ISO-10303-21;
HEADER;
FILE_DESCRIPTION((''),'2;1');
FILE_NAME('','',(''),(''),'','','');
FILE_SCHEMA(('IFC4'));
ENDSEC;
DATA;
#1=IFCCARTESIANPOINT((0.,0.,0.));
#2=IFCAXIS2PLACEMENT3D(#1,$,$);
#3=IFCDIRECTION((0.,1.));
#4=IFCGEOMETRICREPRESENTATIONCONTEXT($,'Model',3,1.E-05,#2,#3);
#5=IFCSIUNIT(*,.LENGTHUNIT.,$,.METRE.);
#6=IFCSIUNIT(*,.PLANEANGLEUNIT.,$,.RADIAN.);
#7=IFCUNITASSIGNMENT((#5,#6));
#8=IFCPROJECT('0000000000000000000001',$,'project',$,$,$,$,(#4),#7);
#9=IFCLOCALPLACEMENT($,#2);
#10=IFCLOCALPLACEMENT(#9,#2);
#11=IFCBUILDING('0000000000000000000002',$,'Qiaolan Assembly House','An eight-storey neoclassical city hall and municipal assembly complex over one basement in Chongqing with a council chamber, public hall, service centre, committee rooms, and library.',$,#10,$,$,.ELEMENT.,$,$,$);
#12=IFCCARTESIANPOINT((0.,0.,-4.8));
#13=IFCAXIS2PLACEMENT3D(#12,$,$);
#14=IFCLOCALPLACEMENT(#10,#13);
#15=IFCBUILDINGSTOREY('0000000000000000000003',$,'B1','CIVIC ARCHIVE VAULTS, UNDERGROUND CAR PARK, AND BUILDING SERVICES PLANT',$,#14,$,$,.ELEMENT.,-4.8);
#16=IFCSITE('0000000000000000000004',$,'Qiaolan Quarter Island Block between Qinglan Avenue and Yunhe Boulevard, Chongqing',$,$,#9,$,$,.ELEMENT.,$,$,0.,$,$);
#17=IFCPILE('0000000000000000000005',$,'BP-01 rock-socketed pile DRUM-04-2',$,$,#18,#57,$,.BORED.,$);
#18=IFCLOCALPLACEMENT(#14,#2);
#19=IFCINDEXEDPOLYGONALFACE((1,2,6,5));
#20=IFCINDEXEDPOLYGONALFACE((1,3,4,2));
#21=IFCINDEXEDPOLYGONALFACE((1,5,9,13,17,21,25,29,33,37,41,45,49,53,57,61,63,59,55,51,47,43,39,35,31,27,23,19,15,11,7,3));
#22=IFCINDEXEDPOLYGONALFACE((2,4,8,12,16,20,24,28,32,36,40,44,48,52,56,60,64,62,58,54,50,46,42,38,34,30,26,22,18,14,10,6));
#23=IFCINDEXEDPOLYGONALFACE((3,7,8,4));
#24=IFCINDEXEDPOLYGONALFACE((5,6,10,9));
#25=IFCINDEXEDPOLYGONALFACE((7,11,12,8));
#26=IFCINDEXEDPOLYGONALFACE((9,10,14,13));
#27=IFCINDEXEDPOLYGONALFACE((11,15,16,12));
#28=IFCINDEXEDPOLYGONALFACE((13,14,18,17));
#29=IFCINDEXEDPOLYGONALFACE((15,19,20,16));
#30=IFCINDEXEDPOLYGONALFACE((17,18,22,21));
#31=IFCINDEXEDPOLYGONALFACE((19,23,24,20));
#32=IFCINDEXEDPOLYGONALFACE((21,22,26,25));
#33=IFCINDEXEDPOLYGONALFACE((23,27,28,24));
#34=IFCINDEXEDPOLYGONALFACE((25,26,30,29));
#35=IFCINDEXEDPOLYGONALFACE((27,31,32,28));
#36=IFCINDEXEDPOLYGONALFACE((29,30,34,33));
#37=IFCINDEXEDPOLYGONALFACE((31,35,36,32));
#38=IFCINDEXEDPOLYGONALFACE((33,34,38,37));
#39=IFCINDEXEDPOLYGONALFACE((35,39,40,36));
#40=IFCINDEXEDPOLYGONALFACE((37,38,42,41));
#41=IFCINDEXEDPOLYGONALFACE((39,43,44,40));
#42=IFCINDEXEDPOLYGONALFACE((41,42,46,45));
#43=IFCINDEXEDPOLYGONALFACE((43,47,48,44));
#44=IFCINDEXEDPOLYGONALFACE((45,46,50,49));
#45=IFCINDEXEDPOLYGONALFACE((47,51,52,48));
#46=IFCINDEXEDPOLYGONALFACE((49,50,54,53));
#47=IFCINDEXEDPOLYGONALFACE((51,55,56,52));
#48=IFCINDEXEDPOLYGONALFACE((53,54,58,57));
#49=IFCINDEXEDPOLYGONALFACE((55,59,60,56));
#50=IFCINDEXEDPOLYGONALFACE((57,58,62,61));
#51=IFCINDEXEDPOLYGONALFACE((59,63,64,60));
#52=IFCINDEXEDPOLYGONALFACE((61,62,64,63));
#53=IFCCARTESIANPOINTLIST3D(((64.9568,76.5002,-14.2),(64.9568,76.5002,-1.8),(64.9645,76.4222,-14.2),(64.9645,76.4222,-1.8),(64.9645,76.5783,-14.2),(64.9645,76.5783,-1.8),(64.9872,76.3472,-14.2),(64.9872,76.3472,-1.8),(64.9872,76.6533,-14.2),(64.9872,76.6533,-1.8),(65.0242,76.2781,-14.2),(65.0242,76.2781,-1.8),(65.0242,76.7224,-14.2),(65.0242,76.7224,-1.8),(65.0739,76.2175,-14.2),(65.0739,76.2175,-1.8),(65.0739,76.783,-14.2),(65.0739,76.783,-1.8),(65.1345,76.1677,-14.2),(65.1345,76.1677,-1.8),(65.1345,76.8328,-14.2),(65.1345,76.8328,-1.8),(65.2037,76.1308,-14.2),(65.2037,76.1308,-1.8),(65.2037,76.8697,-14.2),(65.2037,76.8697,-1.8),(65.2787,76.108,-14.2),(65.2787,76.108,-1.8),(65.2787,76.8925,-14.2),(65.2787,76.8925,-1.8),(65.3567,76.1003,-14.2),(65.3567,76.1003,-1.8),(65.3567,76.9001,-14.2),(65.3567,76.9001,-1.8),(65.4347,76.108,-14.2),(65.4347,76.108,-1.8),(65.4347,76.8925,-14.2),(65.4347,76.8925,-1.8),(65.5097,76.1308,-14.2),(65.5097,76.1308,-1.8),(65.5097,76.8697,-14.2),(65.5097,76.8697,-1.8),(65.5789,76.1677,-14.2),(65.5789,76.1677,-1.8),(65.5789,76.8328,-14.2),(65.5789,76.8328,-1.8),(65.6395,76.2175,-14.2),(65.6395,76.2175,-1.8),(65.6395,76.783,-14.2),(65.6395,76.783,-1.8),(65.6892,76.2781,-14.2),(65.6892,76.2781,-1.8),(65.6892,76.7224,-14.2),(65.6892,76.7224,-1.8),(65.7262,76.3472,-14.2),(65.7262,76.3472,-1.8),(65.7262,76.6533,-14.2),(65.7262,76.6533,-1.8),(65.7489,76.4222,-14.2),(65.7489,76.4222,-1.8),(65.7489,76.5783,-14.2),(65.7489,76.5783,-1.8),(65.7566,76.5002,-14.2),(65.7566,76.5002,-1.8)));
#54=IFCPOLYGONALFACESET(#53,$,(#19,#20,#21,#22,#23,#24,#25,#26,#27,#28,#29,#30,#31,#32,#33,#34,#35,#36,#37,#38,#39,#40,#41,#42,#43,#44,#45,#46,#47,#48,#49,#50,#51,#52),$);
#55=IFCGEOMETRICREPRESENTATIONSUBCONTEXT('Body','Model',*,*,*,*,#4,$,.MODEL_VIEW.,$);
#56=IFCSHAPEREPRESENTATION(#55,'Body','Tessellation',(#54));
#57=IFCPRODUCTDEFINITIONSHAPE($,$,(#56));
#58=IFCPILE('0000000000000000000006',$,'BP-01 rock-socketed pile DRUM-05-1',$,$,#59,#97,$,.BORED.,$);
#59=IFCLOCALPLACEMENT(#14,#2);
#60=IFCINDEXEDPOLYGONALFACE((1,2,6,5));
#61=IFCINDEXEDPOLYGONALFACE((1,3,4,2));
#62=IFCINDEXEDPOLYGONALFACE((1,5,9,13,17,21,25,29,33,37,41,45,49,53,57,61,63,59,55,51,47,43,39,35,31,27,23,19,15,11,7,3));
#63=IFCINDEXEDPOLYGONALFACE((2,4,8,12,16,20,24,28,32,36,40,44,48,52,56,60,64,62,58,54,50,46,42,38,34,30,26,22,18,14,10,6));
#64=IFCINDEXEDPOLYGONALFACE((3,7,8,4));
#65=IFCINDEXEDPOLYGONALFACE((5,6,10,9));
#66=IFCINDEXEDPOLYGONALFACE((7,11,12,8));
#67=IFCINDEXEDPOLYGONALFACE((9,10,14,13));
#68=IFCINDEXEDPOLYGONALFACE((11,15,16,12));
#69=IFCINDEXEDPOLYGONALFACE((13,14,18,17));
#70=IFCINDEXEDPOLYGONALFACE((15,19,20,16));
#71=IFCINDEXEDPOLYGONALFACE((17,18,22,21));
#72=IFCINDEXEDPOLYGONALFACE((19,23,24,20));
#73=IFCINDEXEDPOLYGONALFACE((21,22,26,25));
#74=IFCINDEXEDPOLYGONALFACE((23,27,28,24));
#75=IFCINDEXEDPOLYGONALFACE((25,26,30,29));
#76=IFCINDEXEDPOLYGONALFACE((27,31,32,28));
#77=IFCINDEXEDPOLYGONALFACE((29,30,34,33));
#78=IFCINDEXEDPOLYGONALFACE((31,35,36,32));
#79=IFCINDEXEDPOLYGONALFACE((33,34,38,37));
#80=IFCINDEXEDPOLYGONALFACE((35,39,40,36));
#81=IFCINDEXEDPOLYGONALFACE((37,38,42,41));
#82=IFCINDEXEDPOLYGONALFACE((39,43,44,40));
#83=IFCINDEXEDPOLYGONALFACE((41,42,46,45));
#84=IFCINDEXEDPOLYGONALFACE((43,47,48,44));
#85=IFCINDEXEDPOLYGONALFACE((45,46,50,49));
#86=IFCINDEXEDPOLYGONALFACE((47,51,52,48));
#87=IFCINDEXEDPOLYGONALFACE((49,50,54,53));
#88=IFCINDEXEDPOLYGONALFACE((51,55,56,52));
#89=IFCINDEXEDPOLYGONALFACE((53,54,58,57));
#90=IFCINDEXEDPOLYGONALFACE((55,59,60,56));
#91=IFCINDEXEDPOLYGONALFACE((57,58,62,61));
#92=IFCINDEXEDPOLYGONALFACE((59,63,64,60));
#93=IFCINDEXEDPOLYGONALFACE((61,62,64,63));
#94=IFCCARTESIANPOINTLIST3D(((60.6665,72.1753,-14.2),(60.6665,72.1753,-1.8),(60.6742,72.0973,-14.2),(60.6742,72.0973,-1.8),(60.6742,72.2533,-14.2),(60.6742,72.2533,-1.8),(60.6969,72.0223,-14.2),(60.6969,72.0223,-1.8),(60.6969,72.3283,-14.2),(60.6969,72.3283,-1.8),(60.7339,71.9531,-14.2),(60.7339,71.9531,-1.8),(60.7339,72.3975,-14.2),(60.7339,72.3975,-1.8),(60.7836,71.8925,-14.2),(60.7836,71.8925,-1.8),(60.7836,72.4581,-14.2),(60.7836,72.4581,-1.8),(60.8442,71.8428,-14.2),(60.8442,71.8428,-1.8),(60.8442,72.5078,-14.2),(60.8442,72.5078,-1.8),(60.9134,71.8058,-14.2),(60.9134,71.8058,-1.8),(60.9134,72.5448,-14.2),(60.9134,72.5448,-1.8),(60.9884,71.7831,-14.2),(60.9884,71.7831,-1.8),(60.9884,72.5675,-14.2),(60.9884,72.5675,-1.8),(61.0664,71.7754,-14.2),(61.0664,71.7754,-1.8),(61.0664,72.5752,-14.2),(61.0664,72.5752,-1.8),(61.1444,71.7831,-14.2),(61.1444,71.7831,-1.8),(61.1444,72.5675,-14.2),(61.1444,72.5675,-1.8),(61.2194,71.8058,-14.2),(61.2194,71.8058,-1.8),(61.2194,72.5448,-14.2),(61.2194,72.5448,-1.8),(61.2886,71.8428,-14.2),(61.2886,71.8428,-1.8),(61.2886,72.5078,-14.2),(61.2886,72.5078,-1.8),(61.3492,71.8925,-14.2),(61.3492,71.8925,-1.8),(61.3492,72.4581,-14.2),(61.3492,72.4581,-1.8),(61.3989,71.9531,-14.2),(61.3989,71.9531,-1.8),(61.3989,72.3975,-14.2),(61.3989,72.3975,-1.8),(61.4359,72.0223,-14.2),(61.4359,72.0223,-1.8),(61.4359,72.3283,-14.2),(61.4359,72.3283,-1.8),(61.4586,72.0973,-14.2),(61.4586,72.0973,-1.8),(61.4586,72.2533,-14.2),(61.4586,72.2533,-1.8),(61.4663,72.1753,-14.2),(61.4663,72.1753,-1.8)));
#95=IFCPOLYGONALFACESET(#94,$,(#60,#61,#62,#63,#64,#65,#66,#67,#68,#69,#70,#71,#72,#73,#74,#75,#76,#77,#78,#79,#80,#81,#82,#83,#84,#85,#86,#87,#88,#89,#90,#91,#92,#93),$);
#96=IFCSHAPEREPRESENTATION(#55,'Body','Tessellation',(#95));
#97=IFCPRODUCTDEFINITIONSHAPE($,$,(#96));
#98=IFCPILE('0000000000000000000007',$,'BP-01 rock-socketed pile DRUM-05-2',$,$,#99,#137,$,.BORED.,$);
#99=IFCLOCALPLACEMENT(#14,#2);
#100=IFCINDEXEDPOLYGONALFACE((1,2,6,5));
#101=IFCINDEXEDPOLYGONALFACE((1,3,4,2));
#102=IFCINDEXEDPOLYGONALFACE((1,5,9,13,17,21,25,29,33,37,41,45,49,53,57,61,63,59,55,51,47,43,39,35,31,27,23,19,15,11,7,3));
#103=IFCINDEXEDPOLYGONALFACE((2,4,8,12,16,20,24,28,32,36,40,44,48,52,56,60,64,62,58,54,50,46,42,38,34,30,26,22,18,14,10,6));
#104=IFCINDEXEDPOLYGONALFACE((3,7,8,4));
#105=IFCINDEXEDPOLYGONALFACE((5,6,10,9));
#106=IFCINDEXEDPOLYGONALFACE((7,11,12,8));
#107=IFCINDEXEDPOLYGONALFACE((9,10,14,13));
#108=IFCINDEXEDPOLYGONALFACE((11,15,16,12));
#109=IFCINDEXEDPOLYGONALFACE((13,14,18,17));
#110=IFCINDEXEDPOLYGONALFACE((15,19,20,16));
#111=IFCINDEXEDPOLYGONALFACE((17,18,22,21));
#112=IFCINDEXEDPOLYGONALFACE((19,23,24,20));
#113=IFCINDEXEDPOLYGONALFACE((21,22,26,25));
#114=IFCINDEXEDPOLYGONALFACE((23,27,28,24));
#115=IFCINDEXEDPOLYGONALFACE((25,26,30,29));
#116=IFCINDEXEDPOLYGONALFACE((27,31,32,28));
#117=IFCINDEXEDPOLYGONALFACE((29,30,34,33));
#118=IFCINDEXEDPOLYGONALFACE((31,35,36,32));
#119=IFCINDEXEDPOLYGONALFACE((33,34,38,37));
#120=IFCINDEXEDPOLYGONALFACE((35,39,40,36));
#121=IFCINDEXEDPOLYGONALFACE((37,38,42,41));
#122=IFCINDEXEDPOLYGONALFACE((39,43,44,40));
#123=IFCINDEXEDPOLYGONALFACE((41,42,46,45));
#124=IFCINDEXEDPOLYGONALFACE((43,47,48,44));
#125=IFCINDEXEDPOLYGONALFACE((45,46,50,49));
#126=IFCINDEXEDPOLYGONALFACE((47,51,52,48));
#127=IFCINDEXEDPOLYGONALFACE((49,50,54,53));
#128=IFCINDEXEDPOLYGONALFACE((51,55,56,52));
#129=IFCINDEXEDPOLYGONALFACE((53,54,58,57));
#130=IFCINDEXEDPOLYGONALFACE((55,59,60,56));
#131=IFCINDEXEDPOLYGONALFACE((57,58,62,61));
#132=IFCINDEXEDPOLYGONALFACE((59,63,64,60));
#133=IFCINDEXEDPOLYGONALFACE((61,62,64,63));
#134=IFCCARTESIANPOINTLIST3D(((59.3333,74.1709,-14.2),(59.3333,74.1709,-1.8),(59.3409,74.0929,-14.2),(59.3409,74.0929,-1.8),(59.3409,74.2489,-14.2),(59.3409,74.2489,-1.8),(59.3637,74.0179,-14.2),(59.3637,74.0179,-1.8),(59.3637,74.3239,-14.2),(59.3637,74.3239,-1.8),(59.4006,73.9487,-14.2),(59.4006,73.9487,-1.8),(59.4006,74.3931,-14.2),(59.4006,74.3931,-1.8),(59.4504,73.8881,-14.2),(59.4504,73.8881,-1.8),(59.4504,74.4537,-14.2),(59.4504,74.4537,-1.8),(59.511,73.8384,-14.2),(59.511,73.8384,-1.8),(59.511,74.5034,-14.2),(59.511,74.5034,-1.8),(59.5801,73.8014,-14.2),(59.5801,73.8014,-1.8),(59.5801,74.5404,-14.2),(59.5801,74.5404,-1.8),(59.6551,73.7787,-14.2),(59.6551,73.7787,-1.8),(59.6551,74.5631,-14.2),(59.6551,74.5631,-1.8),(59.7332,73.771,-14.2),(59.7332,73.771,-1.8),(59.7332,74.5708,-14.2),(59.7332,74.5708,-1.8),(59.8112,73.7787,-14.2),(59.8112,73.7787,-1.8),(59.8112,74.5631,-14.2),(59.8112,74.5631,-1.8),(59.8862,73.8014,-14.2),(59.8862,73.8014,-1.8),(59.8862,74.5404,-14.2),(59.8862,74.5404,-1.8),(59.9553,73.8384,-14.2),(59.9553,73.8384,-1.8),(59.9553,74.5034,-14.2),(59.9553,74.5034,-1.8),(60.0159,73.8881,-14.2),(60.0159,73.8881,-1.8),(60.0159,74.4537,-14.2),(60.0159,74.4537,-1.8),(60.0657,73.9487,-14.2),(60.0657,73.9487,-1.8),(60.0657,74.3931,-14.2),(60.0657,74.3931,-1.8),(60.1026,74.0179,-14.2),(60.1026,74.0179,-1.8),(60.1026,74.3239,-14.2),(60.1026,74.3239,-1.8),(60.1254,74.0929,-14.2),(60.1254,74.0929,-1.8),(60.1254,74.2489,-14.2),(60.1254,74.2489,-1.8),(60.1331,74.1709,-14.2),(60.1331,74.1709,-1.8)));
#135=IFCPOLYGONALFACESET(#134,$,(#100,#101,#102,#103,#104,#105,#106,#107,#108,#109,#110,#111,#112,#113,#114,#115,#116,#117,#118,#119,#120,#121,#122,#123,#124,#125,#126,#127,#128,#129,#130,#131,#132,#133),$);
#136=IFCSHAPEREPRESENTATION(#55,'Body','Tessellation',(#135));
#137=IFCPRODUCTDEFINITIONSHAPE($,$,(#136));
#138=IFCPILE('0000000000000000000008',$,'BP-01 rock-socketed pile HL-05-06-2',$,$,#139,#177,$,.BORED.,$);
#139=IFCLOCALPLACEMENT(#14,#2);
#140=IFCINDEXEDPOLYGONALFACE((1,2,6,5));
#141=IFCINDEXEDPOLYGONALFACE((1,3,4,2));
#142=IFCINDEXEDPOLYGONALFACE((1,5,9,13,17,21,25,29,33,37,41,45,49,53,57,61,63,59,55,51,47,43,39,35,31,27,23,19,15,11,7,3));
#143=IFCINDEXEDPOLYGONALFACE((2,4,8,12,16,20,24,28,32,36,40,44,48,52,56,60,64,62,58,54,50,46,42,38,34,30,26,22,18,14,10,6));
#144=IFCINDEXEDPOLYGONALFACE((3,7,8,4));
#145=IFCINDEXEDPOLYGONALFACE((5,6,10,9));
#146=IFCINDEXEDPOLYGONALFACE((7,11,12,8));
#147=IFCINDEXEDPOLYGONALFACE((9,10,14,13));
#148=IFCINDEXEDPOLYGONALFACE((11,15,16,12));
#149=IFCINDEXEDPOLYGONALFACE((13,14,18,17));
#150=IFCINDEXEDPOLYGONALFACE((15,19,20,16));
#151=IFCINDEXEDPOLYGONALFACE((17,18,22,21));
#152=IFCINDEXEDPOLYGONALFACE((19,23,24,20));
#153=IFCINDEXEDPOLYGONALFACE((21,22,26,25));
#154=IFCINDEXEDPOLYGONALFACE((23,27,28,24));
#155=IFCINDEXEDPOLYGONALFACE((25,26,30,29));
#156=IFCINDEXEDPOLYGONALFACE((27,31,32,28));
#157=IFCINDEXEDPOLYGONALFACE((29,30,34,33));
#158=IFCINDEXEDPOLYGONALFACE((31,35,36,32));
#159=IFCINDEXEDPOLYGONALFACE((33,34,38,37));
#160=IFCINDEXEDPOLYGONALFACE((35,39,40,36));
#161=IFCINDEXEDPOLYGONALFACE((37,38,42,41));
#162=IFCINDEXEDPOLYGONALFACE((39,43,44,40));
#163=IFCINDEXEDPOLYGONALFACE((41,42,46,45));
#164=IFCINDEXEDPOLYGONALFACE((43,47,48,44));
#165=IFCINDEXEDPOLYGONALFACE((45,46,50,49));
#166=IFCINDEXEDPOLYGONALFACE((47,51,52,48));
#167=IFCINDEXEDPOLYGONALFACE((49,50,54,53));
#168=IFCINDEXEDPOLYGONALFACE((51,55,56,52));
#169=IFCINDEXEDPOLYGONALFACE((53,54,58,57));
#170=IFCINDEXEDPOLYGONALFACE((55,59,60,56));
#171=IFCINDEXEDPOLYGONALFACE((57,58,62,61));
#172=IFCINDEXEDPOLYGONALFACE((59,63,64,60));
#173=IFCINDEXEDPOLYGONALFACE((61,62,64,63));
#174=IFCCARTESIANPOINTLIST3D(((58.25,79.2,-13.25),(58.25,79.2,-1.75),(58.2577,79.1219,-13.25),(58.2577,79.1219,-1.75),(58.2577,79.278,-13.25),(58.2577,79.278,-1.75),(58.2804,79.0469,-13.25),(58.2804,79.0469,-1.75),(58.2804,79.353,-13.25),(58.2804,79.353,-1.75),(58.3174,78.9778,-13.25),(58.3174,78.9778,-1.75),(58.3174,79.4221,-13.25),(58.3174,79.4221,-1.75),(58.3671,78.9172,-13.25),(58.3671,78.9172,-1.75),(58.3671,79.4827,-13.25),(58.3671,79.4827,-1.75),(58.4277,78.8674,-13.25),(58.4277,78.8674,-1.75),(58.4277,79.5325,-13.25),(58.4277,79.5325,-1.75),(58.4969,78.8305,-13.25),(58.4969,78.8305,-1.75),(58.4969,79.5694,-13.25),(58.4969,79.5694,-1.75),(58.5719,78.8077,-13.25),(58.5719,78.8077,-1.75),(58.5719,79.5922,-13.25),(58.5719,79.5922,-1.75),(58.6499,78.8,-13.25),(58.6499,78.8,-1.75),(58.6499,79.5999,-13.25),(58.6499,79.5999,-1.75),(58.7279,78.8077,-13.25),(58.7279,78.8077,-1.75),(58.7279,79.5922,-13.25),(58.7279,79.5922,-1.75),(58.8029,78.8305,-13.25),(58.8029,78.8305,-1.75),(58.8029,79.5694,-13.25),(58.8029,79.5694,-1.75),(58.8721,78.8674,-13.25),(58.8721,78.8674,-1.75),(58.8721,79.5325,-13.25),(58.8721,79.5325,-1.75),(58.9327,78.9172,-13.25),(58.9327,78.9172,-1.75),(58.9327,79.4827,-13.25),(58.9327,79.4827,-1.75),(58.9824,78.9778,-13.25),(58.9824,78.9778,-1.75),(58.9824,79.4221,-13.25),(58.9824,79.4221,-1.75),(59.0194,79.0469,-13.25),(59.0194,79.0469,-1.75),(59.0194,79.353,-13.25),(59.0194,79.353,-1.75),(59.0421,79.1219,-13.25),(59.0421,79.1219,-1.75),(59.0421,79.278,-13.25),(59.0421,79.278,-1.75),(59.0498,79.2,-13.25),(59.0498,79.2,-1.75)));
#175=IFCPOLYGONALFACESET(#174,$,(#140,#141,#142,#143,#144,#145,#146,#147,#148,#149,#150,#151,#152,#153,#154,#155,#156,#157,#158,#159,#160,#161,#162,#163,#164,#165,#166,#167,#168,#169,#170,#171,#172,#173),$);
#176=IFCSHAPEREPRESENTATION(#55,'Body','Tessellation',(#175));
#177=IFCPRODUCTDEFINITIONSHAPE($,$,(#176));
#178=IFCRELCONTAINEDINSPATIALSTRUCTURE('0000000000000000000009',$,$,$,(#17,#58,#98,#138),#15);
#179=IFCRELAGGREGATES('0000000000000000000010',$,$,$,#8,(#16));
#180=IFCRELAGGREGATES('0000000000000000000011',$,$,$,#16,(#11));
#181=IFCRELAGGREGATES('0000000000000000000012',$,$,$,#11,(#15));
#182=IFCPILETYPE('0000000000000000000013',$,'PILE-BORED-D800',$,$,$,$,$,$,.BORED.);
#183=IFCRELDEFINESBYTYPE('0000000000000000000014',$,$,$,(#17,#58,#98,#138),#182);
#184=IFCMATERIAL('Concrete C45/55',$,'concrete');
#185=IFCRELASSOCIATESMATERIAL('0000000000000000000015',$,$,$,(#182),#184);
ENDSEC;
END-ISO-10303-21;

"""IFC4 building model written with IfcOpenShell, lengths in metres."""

from ifc_helpers import new_model, si_unit, direction, frame, origin, origin_2d, place, context, subcontext, project, spatial, circle, extrude, material, material_profile, profile_set, type_object, element, save


model = new_model("IFC4")

# Units and contexts
model_context = context("Model", 3, precision=1e-05, world=origin(), true_north=direction((0.0, 1.0)))
body_context = subcontext(model_context, "Body", "Model", "MODEL_VIEW")
ifc_project = project(units=[si_unit("LENGTHUNIT", "METRE"), si_unit("PLANEANGLEUNIT", "RADIAN")], contexts=[model_context])

# Site, building, storey
site_placement = place(None, origin())
site = spatial("IfcSite", under=ifc_project, at=site_placement, Name="Qiaolan Quarter Island Block between Qinglan Avenue and Yunhe Boulevard, Chongqing", CompositionType="ELEMENT", RefElevation=0.0)
building_placement = place(site_placement, origin())
building = spatial("IfcBuilding", under=site, at=building_placement, Name="Qiaolan Assembly House", Description="An eight-storey neoclassical city hall and municipal assembly complex over one basement in Chongqing with a council chamber, public hall, service centre, committee rooms, and library.", CompositionType="ELEMENT")
storey_placement = place(building_placement, frame((0.0, 0.0, -4.8)))
storey = spatial("IfcBuildingStorey", under=building, at=storey_placement, Name="B1", Description="CIVIC ARCHIVE VAULTS, UNDERGROUND CAR PARK, AND BUILDING SERVICES PLANT", CompositionType="ELEMENT", Elevation=-4.8)

# Piles
ifc_material_1 = material(Name="Concrete C45/55", Category="concrete")
ifc_material_profile_1 = material_profile(ifc_material_1, circle(Radius=0.3999, at=origin_2d()), Name="PILE D800")
ifc_profile_set_1 = profile_set([ifc_material_profile_1], Name="Concrete C45/55")
pile_type_1 = type_object("IfcPileType", Name="PILE-BORED-D800", PredefinedType="BORED", material=ifc_profile_set_1)
for number, where, z_axis, x_axis, name in (
    (1, (65.3567, 76.5002, -1.8), (0.0, 0.0, -1.0), (1.0, 0.0, 0.0), "BP-01 rock-socketed pile DRUM-04-2"),
    (2, (61.0664, 72.1753, -1.8), (0.0, 0.0, -1.0), (1.0, 0.0, 0.0), "BP-01 rock-socketed pile DRUM-05-1"),
    (3, (59.7332, 74.1709, -1.8), (0.0, 0.0, -1.0), (1.0, 0.0, 0.0), "BP-01 rock-socketed pile DRUM-05-2"),
):
    element("IfcPile", number, at=place(storey_placement, frame(where, z_axis=z_axis, x_axis=x_axis)), inside=storey, type_object=pile_type_1, Name=name, PredefinedType="BORED", context=body_context, shape_type="SweptSolid", body=[
        extrude(circle(Radius=0.3999, at=origin_2d()), origin(), (0.0, 0.0, 1.0), 12.3999),
    ])
for number, where, z_axis, x_axis, name in (
    (4, (58.6499, 79.2, -1.75), (0.0, 0.0, -1.0), (1.0, 0.0, 0.0), "BP-01 rock-socketed pile HL-05-06-2"),
):
    element("IfcPile", number, at=place(storey_placement, frame(where, z_axis=z_axis, x_axis=x_axis)), inside=storey, type_object=pile_type_1, Name=name, PredefinedType="BORED", context=body_context, shape_type="SweptSolid", body=[
        extrude(circle(Radius=0.3999, at=origin_2d()), origin(), (0.0, 0.0, 1.0), 11.5),
    ])

save(model, "model.ifc")
